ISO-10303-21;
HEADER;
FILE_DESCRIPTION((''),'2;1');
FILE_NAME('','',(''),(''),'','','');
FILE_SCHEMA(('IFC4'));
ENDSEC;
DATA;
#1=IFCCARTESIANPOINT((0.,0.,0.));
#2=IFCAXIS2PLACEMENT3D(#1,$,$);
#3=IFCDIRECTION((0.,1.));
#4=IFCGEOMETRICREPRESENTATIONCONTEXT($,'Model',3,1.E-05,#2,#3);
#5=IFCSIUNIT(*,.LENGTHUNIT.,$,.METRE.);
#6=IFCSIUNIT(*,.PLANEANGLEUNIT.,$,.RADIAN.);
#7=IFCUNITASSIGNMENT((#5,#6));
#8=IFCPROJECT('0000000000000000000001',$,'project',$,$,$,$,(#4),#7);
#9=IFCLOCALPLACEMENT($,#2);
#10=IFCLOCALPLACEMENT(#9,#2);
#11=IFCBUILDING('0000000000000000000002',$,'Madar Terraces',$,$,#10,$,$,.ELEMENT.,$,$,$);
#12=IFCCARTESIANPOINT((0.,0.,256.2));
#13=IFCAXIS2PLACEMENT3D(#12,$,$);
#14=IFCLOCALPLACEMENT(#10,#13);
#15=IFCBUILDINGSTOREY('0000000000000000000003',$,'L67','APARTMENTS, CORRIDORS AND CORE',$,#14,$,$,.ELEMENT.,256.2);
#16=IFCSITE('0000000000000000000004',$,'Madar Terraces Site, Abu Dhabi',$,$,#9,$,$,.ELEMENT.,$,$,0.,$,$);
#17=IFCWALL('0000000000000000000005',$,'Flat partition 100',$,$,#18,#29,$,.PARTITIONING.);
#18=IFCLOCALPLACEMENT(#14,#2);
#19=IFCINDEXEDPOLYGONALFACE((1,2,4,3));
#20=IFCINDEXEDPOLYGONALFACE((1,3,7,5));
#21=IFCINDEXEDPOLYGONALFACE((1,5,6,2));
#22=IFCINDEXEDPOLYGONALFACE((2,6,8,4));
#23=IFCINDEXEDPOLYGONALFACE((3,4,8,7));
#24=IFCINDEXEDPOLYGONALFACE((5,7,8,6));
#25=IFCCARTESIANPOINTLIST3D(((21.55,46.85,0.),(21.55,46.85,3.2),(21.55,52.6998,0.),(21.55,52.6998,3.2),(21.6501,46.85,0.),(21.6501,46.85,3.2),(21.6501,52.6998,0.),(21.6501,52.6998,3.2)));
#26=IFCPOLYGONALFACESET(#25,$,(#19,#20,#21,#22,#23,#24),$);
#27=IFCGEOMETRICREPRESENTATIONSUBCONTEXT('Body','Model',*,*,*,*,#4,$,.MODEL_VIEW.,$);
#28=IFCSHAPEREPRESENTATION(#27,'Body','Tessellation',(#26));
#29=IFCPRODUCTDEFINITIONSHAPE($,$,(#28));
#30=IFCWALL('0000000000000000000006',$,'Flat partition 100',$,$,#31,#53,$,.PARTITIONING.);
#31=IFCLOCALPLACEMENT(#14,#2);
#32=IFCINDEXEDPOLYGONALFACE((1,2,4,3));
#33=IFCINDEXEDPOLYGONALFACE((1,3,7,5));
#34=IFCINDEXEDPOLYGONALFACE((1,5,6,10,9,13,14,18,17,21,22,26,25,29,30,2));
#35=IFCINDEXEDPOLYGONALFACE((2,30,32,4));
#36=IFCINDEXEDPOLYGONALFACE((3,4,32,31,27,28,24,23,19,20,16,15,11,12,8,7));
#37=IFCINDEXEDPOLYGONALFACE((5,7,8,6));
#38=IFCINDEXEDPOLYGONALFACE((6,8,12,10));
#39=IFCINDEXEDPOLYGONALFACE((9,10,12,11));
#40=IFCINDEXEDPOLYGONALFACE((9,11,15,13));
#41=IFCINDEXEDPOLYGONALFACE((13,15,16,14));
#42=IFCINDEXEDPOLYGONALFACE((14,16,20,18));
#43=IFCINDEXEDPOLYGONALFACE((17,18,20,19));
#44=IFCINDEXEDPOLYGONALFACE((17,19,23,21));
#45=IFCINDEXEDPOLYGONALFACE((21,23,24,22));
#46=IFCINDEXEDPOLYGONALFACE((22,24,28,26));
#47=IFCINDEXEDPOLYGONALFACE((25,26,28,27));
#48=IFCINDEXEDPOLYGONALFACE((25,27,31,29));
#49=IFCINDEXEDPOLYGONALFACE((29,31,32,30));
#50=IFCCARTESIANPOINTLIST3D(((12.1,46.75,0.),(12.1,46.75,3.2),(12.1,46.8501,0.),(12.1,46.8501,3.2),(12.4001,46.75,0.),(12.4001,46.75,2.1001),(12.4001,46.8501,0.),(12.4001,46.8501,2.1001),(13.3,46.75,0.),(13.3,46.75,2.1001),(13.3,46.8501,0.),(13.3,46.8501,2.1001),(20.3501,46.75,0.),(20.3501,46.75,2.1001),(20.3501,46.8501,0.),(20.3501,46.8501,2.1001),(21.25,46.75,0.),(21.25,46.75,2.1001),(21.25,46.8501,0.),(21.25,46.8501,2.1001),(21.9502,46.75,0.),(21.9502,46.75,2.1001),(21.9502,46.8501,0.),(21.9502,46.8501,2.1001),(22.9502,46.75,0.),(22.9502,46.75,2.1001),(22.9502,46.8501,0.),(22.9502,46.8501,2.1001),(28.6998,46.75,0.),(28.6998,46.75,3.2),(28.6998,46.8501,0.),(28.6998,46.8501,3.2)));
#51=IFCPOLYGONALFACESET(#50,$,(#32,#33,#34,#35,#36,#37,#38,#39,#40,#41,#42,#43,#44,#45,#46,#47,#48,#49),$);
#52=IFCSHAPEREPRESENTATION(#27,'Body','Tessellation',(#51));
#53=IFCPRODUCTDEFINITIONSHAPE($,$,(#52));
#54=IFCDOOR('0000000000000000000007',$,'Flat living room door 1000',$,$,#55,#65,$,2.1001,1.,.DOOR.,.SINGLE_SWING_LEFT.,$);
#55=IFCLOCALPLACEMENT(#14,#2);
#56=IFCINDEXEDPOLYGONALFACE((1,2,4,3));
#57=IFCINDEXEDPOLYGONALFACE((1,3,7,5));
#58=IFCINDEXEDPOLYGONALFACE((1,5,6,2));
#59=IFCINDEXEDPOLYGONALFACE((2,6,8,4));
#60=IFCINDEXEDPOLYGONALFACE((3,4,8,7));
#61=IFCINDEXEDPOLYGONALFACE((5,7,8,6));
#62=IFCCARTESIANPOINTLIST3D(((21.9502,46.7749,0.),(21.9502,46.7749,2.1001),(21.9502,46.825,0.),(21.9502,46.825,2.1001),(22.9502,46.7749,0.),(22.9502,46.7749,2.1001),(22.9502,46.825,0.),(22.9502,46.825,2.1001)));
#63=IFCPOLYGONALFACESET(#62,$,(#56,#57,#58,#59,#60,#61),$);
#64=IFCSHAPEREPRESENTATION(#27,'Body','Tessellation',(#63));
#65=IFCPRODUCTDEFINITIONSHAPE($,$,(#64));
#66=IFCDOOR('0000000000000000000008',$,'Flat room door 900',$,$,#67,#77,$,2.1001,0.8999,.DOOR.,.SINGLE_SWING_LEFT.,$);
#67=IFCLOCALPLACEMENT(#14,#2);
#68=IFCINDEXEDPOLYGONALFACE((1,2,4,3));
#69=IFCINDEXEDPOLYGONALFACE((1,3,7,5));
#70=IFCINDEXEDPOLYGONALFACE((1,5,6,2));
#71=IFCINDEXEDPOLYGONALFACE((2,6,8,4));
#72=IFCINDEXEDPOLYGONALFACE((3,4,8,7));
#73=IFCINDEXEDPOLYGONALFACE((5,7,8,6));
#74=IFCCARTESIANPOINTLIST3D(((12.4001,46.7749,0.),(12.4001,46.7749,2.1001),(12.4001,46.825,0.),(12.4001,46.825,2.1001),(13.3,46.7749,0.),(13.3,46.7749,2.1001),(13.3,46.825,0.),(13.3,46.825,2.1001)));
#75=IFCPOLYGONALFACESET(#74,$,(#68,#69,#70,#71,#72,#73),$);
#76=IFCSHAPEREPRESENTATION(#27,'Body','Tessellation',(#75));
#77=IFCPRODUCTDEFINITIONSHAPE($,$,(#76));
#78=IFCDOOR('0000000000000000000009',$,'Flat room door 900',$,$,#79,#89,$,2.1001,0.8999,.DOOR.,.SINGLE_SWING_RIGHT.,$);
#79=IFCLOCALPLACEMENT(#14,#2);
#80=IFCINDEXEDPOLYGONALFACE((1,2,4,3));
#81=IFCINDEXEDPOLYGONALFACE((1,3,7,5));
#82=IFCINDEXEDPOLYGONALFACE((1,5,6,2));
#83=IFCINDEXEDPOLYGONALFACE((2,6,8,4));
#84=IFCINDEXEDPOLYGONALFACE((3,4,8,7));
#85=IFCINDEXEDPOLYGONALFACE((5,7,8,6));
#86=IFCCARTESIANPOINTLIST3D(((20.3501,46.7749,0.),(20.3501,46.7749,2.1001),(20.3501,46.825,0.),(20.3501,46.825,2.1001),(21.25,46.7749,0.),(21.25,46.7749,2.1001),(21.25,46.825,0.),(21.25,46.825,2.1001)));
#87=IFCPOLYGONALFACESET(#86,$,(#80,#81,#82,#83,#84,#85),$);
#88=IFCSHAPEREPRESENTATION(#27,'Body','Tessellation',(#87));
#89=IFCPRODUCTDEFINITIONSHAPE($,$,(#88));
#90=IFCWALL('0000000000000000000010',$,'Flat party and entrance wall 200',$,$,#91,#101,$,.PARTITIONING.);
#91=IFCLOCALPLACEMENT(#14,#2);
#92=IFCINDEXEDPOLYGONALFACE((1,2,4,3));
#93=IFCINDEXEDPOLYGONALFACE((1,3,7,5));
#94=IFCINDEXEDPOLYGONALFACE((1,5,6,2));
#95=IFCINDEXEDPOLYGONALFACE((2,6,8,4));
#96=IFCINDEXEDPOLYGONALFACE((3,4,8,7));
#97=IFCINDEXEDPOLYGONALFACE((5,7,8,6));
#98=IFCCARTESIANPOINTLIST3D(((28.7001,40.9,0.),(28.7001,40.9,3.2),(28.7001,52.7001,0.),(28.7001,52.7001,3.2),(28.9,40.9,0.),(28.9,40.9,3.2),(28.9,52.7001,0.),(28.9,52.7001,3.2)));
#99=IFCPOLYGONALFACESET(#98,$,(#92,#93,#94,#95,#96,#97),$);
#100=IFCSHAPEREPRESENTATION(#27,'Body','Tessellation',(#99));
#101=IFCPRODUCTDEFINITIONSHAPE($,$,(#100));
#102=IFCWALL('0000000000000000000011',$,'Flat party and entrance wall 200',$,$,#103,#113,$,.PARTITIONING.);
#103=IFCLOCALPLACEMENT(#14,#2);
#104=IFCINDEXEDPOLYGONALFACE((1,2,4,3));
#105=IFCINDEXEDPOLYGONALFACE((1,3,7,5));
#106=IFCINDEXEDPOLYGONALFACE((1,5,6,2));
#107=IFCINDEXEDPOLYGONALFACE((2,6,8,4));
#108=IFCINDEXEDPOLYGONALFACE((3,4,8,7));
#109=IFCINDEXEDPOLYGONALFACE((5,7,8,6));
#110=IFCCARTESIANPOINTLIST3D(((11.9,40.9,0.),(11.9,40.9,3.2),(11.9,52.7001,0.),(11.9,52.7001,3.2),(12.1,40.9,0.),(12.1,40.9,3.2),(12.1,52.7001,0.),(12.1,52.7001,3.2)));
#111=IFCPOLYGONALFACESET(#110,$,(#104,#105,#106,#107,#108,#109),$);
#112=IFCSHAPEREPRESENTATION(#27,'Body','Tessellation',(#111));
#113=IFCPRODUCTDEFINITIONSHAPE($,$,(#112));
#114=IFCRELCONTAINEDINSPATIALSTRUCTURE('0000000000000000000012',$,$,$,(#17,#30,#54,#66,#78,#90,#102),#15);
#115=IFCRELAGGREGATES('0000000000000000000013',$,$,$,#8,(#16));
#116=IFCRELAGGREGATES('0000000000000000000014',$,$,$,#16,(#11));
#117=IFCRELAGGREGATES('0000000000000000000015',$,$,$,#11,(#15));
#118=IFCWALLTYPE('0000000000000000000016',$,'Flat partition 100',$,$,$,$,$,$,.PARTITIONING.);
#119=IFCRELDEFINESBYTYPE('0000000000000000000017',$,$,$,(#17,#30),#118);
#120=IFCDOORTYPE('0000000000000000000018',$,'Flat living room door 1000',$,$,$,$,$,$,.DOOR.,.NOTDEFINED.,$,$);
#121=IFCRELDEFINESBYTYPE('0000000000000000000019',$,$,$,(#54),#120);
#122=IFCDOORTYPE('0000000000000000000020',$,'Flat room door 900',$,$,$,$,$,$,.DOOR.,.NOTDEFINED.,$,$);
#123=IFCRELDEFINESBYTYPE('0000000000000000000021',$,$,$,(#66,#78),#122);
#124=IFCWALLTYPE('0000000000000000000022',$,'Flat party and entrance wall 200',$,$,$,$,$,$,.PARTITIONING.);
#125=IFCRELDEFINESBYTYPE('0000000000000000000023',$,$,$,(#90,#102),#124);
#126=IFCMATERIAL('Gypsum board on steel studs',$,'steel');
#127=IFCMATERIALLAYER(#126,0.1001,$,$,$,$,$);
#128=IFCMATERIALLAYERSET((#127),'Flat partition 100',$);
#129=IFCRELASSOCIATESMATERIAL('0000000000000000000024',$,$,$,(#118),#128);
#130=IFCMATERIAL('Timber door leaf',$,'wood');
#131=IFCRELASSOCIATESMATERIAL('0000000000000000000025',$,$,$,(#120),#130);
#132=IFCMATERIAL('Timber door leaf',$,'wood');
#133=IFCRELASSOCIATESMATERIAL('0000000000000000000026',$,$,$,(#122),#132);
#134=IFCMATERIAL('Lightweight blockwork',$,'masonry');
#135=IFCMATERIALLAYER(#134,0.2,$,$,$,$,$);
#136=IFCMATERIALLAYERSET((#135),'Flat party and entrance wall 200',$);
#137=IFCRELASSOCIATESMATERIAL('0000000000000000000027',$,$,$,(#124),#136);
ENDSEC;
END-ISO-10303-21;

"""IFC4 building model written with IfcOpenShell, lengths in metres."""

from ifc_helpers import new_model, si_unit, direction, frame, frame_2d, origin, place, context, subcontext, project, spatial, rectangle, extrude, material, layer, layer_set, type_object, element, fill, save


model = new_model("IFC4")

# Units and contexts
model_context = context("Model", 3, precision=1e-05, world=origin(), true_north=direction((0.0, 1.0)))
body_context = subcontext(model_context, "Body", "Model", "MODEL_VIEW")
ifc_project = project(units=[si_unit("LENGTHUNIT", "METRE"), si_unit("PLANEANGLEUNIT", "RADIAN")], contexts=[model_context])

# Site, building, storey
site_placement = place(None, origin())
site = spatial("IfcSite", under=ifc_project, at=site_placement, Name="Madar Terraces Site, Abu Dhabi", CompositionType="ELEMENT", RefElevation=0.0)
building_placement = place(site_placement, origin())
building = spatial("IfcBuilding", under=site, at=building_placement, Name="Madar Terraces", CompositionType="ELEMENT")
storey_placement = place(building_placement, frame((0.0, 0.0, 256.2)))
storey = spatial("IfcBuildingStorey", under=building, at=storey_placement, Name="L67", Description="APARTMENTS, CORRIDORS AND CORE", CompositionType="ELEMENT", Elevation=256.2)

# Wall
ifc_material_1 = material(Name="Gypsum board on steel studs", Category="steel")
ifc_layer_1 = layer(ifc_material_1, 0.1001)
ifc_layer_set_1 = layer_set([ifc_layer_1], Name="Flat partition 100")
wall_type_1 = type_object("IfcWallType", Name="Flat partition 100", PredefinedType="PARTITIONING", material=ifc_layer_set_1)
for number, where, z_axis, x_axis, name in (
    (1, (21.6001, 46.8501, 0.0), (0.0, 0.0, 1.0), (0.0, 1.0, 0.0), "Flat partition 100"),
):
    element("IfcWall", number, at=place(storey_placement, frame(where, z_axis=z_axis, x_axis=x_axis)), inside=storey, type_object=wall_type_1, Name=name, PredefinedType="PARTITIONING", context=body_context, shape_type="SweptSolid", body=[
        extrude(rectangle(XDim=5.8499, YDim=0.1001, at=frame_2d((2.9248, 0.0))), origin(), (0.0, 0.0, 1.0), 3.2),
    ])

# Wall, openings, doors
wall_1_placement = place(storey_placement, frame((12.1001, 46.8, 0.0), z_axis=(0.0, 0.0, 1.0), x_axis=(1.0, 0.0, 0.0)))
wall_1 = element("IfcWall", 2, at=wall_1_placement, inside=storey, type_object=wall_type_1, Name="Flat partition 100", PredefinedType="PARTITIONING", context=body_context, shape_type="SweptSolid", body=[
    extrude(rectangle(XDim=16.5999, YDim=0.1001, at=frame_2d((8.2998, 0.0))), origin(), (0.0, 0.0, 1.0), 3.2),
])
opening_1_placement = place(wall_1_placement, frame((0.3, 0.0, 0.0)))
opening_1 = element("IfcOpeningElement", 3, at=opening_1_placement, cuts=wall_1, PredefinedType="OPENING", context=body_context, shape_type="SweptSolid", body=[
    extrude(rectangle(XDim=0.8999, YDim=2.1001, at=frame_2d((0.45, 1.05))), frame((0.0, 0.0601, 0.0), z_axis=(0.0, -1.0, 0.0), x_axis=(1.0, 0.0, 0.0)), (0.0, 0.0, 1.0), 0.1201),
])
opening_2_placement = place(wall_1_placement, frame((8.25, 0.0, 0.0)))
opening_2 = element("IfcOpeningElement", 4, at=opening_2_placement, cuts=wall_1, PredefinedType="OPENING", context=body_context, shape_type="SweptSolid", body=[
    extrude(rectangle(XDim=0.8999, YDim=2.1001, at=frame_2d((0.45, 1.05))), frame((0.0, 0.0601, 0.0), z_axis=(0.0, -1.0, 0.0), x_axis=(1.0, 0.0, 0.0)), (0.0, 0.0, 1.0), 0.1201),
])
opening_3_placement = place(wall_1_placement, frame((9.8501, 0.0, 0.0)))
opening_3 = element("IfcOpeningElement", 5, at=opening_3_placement, cuts=wall_1, PredefinedType="OPENING", context=body_context, shape_type="SweptSolid", body=[
    extrude(rectangle(XDim=1.0, YDim=2.1001, at=frame_2d((0.5, 1.05))), frame((0.0, 0.0601, 0.0), z_axis=(0.0, -1.0, 0.0), x_axis=(1.0, 0.0, 0.0)), (0.0, 0.0, 1.0), 0.1201),
])
ifc_material_2 = material(Name="Timber door leaf", Category="wood")
door_type_1 = type_object("IfcDoorType", Name="Flat living room door 1000", OperationType="NOTDEFINED", PredefinedType="DOOR", material=ifc_material_2)
door_1_placement = place(opening_3_placement, origin())
door_1 = element("IfcDoor", 6, at=door_1_placement, inside=storey, type_object=door_type_1, Name="Flat living room door 1000", OperationType="SINGLE_SWING_LEFT", OverallHeight=2.1001, OverallWidth=1.0, PredefinedType="DOOR", context=body_context, shape_type="SweptSolid", body=[
    extrude(rectangle(XDim=1.0, YDim=2.1001, at=frame_2d((0.5, 1.05))), frame((0.0, 0.0249, 0.0), z_axis=(0.0, -1.0, 0.0), x_axis=(1.0, 0.0, 0.0)), (0.0, 0.0, 1.0), 0.05),
])
fill(opening_3, door_1)
ifc_material_3 = material(Name="Timber door leaf", Category="wood")
door_type_2 = type_object("IfcDoorType", Name="Flat room door 900", OperationType="NOTDEFINED", PredefinedType="DOOR", material=ifc_material_3)
door_2_placement = place(opening_1_placement, origin())
door_2 = element("IfcDoor", 7, at=door_2_placement, inside=storey, type_object=door_type_2, Name="Flat room door 900", OperationType="SINGLE_SWING_LEFT", OverallHeight=2.1001, OverallWidth=0.8999, PredefinedType="DOOR", context=body_context, shape_type="SweptSolid", body=[
    extrude(rectangle(XDim=0.8999, YDim=2.1001, at=frame_2d((0.45, 1.05))), frame((0.0, 0.0249, 0.0), z_axis=(0.0, -1.0, 0.0), x_axis=(1.0, 0.0, 0.0)), (0.0, 0.0, 1.0), 0.05),
])
fill(opening_1, door_2)
door_3_placement = place(opening_2_placement, origin())
door_3 = element("IfcDoor", 8, at=door_3_placement, inside=storey, type_object=door_type_2, Name="Flat room door 900", OperationType="SINGLE_SWING_RIGHT", OverallHeight=2.1001, OverallWidth=0.8999, PredefinedType="DOOR", context=body_context, shape_type="SweptSolid", body=[
    extrude(rectangle(XDim=0.8999, YDim=2.1001, at=frame_2d((0.45, 1.05))), frame((0.0, 0.0249, 0.0), z_axis=(0.0, -1.0, 0.0), x_axis=(1.0, 0.0, 0.0)), (0.0, 0.0, 1.0), 0.05),
])
fill(opening_2, door_3)

# Walls
ifc_material_4 = material(Name="Lightweight blockwork", Category="masonry")
ifc_layer_2 = layer(ifc_material_4, 0.2)
ifc_layer_set_2 = layer_set([ifc_layer_2], Name="Flat party and entrance wall 200")
wall_type_2 = type_object("IfcWallType", Name="Flat party and entrance wall 200", PredefinedType="PARTITIONING", material=ifc_layer_set_2)
for number, where, z_axis, x_axis, name in (
    (9, (28.8, 52.7, 0.0), (0.0, 0.0, 1.0), (0.0, -1.0, 0.0), "Flat party and entrance wall 200"),
    (10, (12.0, 52.7, 0.0), (0.0, 0.0, 1.0), (0.0, -1.0, 0.0), "Flat party and entrance wall 200"),
):
    element("IfcWall", number, at=place(storey_placement, frame(where, z_axis=z_axis, x_axis=x_axis)), inside=storey, type_object=wall_type_2, Name=name, PredefinedType="PARTITIONING", context=body_context, shape_type="SweptSolid", body=[
        extrude(rectangle(XDim=11.8, YDim=0.2, at=frame_2d((5.8999, 0.0))), origin(), (0.0, 0.0, 1.0), 3.2),
    ])

save(model, "model.ifc")
